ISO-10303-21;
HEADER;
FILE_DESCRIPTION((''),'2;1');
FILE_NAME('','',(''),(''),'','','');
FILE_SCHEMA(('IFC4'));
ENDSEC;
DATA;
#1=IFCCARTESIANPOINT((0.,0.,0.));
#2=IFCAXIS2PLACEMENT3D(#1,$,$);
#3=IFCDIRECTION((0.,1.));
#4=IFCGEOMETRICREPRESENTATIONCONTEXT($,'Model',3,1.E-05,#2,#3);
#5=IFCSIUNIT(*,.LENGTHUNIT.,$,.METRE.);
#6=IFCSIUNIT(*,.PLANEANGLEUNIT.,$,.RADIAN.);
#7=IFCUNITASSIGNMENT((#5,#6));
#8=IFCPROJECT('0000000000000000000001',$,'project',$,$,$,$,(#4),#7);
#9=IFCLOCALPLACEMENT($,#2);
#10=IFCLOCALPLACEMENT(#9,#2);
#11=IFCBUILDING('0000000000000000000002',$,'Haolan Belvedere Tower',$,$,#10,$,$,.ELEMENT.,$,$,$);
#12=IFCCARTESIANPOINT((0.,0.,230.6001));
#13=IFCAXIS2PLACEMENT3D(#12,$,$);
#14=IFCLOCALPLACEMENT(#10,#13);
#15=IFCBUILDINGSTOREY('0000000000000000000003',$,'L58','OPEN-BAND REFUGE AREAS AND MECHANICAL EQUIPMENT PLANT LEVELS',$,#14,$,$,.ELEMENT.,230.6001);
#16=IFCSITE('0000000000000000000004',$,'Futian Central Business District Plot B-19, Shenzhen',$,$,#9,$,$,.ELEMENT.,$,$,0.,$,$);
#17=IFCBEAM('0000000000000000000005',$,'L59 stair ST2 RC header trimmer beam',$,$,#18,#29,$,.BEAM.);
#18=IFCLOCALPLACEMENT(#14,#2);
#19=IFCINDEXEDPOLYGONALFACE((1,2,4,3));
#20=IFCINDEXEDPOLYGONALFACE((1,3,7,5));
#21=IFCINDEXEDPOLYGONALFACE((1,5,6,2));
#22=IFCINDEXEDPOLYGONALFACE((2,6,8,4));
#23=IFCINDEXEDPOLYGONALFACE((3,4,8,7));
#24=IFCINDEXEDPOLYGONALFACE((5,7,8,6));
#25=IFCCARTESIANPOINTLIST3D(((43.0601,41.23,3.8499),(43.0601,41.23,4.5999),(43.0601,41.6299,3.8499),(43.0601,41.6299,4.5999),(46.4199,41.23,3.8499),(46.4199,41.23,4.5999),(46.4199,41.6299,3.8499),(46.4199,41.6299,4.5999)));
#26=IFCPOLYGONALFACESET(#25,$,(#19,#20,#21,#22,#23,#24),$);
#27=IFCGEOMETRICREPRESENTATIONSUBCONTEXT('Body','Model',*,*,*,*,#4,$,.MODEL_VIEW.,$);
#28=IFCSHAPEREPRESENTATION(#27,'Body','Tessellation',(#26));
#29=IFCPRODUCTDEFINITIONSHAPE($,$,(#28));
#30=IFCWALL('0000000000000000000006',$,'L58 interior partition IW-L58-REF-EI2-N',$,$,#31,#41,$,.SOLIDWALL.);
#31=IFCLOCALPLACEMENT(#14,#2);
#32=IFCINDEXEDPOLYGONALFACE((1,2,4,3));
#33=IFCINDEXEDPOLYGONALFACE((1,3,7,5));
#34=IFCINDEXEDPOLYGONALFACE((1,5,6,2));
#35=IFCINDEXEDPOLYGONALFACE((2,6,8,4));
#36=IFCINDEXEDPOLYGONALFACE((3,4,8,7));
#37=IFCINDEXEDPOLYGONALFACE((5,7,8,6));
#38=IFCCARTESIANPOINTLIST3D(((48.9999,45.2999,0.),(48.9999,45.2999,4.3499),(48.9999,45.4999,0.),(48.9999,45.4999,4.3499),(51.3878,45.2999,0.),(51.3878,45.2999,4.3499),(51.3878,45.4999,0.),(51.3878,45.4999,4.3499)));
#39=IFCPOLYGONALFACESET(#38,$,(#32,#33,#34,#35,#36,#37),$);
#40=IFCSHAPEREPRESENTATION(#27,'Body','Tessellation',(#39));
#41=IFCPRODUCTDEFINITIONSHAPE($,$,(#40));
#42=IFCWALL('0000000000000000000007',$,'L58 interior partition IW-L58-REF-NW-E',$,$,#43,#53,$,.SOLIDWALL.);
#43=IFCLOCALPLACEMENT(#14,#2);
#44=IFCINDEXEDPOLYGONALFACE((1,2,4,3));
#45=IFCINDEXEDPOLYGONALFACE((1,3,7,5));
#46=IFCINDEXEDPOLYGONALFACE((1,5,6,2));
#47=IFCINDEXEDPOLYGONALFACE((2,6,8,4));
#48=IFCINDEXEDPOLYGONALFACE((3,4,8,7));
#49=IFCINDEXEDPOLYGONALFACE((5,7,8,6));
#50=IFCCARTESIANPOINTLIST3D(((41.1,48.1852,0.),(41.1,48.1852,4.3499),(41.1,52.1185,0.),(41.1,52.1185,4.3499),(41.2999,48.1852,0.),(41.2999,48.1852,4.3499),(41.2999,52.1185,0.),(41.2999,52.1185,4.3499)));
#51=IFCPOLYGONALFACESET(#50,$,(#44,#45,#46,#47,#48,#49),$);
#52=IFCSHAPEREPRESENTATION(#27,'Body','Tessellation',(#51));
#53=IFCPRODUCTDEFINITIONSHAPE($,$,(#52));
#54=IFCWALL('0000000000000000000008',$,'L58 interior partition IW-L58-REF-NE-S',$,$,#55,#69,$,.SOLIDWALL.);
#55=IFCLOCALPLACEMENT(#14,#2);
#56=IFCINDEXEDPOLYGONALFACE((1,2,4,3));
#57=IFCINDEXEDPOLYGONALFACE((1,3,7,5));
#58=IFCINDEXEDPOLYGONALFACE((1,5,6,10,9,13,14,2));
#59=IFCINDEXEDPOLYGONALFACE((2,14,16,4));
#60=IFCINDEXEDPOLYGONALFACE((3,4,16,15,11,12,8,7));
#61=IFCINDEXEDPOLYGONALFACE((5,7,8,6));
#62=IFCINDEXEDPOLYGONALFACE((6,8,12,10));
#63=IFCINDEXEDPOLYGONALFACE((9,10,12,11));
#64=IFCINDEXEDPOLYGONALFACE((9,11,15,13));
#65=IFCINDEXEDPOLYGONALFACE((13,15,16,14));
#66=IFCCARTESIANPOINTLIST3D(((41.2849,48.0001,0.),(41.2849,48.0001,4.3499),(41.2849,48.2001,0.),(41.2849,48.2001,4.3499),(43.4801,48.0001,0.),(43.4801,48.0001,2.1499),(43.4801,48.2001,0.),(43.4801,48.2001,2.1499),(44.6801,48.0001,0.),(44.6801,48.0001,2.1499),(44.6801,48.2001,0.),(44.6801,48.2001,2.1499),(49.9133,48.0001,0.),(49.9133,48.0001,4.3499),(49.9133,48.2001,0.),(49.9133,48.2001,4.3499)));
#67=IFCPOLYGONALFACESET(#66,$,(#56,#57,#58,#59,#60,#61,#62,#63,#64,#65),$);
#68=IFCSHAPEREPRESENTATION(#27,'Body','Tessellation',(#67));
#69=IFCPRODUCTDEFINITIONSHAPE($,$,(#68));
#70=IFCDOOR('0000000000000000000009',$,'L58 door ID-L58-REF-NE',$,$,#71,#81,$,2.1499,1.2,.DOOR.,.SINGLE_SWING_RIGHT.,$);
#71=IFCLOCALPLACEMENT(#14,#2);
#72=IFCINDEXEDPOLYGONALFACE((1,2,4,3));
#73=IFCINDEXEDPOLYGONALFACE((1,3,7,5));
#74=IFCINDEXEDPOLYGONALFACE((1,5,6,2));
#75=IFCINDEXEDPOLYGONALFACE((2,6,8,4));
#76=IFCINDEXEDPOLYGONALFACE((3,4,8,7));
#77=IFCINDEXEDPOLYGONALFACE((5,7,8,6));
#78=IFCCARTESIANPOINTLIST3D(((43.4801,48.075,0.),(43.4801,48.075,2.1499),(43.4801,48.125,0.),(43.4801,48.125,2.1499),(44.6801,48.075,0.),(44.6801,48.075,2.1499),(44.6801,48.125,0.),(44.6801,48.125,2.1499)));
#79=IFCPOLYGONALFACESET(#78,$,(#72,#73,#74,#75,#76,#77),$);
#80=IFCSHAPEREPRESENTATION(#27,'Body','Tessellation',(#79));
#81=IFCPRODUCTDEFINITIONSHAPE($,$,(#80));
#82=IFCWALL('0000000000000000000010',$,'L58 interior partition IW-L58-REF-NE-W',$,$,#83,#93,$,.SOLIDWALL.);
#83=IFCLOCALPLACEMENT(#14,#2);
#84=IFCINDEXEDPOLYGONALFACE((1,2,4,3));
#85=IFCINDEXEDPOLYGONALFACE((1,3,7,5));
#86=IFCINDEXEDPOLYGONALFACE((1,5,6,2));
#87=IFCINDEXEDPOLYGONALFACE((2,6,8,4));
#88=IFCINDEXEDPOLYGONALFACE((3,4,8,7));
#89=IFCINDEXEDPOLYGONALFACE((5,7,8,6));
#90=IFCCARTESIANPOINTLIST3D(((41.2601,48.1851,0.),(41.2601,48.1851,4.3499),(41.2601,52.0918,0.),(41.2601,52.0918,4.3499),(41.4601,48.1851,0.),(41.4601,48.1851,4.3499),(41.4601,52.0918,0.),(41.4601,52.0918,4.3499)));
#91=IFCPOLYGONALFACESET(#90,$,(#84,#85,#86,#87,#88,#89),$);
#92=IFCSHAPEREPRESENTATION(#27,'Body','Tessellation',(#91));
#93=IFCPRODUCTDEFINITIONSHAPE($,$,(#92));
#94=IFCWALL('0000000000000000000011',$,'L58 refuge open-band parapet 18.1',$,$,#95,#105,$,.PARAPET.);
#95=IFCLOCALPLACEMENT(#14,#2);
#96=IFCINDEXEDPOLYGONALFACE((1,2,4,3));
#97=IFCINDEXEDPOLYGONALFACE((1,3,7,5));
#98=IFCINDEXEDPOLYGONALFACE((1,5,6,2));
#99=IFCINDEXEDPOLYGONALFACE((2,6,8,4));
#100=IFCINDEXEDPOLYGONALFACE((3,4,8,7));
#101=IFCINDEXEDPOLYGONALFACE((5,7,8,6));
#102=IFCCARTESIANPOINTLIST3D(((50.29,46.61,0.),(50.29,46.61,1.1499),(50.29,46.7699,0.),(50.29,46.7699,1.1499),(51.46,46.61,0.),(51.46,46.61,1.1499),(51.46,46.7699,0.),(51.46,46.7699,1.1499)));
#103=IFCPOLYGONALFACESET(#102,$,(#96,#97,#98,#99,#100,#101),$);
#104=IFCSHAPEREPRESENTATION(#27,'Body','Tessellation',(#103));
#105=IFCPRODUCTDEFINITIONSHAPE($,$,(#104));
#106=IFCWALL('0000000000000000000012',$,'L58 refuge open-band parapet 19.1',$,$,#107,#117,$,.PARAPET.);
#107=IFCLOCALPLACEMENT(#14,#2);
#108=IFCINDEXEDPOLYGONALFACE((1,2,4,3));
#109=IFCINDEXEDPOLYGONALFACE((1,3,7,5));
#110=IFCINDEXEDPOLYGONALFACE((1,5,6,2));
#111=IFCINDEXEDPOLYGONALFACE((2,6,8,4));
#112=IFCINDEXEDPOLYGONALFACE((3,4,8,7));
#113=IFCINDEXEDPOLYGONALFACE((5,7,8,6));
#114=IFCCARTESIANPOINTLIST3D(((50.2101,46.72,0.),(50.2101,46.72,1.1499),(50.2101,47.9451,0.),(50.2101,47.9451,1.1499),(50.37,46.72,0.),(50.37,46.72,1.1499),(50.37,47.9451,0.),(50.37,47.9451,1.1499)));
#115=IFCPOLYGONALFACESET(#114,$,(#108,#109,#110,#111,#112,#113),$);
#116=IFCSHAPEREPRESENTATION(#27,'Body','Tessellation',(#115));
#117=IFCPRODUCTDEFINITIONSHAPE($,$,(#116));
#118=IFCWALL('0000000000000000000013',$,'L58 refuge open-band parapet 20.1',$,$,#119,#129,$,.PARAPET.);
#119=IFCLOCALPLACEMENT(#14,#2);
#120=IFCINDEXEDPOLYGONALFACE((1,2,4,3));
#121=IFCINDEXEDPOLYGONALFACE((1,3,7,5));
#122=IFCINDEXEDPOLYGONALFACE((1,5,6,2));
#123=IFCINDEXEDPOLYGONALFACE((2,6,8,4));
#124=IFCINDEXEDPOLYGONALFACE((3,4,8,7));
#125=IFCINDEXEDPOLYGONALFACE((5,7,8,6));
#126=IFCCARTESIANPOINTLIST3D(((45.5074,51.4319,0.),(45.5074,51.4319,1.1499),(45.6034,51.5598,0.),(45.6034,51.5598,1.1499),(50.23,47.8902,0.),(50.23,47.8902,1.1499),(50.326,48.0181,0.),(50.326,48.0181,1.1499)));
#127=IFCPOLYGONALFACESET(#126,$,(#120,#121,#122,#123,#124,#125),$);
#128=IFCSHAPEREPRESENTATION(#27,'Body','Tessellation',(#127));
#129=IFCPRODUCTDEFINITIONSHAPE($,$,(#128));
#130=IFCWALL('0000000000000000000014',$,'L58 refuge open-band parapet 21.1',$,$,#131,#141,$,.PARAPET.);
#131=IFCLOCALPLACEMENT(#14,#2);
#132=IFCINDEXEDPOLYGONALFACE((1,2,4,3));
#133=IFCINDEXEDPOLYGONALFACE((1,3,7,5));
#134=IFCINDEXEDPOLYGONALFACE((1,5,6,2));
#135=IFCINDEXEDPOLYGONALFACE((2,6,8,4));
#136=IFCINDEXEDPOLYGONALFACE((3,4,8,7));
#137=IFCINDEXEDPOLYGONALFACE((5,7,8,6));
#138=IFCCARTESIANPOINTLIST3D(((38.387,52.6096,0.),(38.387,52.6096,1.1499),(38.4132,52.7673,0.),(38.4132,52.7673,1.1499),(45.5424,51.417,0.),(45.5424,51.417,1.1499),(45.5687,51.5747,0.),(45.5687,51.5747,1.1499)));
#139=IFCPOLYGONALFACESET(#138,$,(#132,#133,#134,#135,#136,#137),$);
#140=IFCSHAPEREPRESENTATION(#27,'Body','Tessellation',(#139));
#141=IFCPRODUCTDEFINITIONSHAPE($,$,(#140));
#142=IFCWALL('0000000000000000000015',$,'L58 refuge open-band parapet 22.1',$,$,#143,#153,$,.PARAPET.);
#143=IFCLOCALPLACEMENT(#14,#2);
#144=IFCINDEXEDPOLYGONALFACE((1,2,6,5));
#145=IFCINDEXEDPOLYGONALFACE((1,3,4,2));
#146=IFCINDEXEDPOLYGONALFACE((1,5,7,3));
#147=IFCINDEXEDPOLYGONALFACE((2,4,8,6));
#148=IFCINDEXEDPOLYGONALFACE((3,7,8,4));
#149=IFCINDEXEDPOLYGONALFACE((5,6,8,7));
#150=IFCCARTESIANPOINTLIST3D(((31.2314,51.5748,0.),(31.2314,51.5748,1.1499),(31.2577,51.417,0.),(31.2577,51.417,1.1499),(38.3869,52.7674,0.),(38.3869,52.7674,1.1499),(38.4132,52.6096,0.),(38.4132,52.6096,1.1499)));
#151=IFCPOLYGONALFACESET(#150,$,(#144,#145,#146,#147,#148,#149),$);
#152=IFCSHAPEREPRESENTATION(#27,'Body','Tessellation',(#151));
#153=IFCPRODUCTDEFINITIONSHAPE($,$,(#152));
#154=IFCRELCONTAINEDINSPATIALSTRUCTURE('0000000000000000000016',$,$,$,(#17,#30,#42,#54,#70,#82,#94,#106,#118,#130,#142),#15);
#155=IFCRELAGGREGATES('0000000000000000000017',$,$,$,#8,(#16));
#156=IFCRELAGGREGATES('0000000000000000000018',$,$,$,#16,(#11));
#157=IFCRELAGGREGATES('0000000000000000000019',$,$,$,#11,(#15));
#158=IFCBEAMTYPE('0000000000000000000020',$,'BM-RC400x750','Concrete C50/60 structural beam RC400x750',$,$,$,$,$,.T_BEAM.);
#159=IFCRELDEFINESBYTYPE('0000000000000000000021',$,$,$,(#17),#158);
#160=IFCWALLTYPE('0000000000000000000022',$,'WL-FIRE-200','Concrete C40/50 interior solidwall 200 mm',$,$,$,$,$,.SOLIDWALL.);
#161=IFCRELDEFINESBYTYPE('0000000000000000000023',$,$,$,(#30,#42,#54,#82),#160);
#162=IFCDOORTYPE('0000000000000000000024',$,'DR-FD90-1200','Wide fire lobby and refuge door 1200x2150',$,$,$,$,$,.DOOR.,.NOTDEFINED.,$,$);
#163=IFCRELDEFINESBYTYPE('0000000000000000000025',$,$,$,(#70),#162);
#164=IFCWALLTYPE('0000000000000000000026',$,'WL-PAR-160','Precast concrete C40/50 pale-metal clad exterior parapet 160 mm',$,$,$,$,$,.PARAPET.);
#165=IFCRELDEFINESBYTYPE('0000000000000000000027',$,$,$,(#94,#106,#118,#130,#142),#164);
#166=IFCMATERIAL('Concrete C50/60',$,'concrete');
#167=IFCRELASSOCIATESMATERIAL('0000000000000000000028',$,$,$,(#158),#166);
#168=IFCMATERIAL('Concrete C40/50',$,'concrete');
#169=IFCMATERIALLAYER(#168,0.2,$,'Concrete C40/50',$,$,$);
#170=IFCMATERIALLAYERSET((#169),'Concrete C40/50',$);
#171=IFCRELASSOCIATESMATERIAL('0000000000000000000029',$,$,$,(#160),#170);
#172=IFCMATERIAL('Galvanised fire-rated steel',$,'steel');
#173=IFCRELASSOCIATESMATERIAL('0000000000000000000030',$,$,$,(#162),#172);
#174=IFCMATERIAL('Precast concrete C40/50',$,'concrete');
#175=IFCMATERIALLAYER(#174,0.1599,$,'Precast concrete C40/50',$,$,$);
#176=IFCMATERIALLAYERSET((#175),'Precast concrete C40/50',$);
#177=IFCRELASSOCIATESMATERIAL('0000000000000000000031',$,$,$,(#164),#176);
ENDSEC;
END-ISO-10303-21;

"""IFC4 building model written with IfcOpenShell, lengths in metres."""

from ifc_helpers import new_model, si_unit, direction, frame, frame_2d, origin, origin_2d, place, context, subcontext, project, spatial, rectangle, extrude, material, layer, layer_set, material_profile, profile_set, type_object, element, fill, save


model = new_model("IFC4")

# Units and contexts
model_context = context("Model", 3, precision=1e-05, world=origin(), true_north=direction((0.0, 1.0)))
body_context = subcontext(model_context, "Body", "Model", "MODEL_VIEW")
ifc_project = project(units=[si_unit("LENGTHUNIT", "METRE"), si_unit("PLANEANGLEUNIT", "RADIAN")], contexts=[model_context])

# Site, building, storey
site_placement = place(None, origin())
site = spatial("IfcSite", under=ifc_project, at=site_placement, Name="Futian Central Business District Plot B-19, Shenzhen", CompositionType="ELEMENT", RefElevation=0.0)
building_placement = place(site_placement, origin())
building = spatial("IfcBuilding", under=site, at=building_placement, Name="Haolan Belvedere Tower", CompositionType="ELEMENT")
storey_placement = place(building_placement, frame((0.0, 0.0, 230.6001)))
storey = spatial("IfcBuildingStorey", under=building, at=storey_placement, Name="L58", Description="OPEN-BAND REFUGE AREAS AND MECHANICAL EQUIPMENT PLANT LEVELS", CompositionType="ELEMENT", Elevation=230.6001)

# Beam
ifc_material_1 = material(Name="Concrete C50/60", Category="concrete")
ifc_material_profile_1 = material_profile(ifc_material_1, rectangle(XDim=0.3999, YDim=0.75, at=origin_2d()), Name="Concrete C50/60")
ifc_profile_set_1 = profile_set([ifc_material_profile_1], Name="Concrete C50/60")
beam_type_1 = type_object("IfcBeamType", Name="BM-RC400x750", Description="Concrete C50/60 structural beam RC400x750", PredefinedType="T_BEAM", material=ifc_profile_set_1)
beam_1_placement = place(storey_placement, frame((43.0601, 41.4299, 4.2249), z_axis=(1.0, 0.0, 0.0), x_axis=(0.0, 1.0, 0.0)))
element("IfcBeam", 1, at=beam_1_placement, inside=storey, type_object=beam_type_1, Name="L59 stair ST2 RC header trimmer beam", PredefinedType="BEAM", context=body_context, shape_type="SweptSolid", body=[
    extrude(rectangle(XDim=0.3999, YDim=0.75, at=origin_2d()), origin(), (0.0, 0.0, 1.0), 3.3599),
])

# Shared definitions
ifc_material_2 = material(Name="Concrete C40/50", Category="concrete")
ifc_layer_1 = layer(ifc_material_2, 0.2, Name="Concrete C40/50")
ifc_layer_set_1 = layer_set([ifc_layer_1], Name="Concrete C40/50")
wall_type_1 = type_object("IfcWallType", Name="WL-FIRE-200", Description="Concrete C40/50 interior solidwall 200 mm", PredefinedType="SOLIDWALL", material=ifc_layer_set_1)
ifc_material_3 = material(Name="Galvanised fire-rated steel", Category="steel")

# Walls
wall_1_placement = place(storey_placement, frame((49.0, 45.3999, 0.0), z_axis=(0.0, 0.0, 1.0), x_axis=(1.0, 0.0, 0.0)))
element("IfcWall", 2, at=wall_1_placement, inside=storey, type_object=wall_type_1, Name="L58 interior partition IW-L58-REF-EI2-N", PredefinedType="SOLIDWALL", context=body_context, shape_type="SweptSolid", body=[
    extrude(rectangle(XDim=2.3879, YDim=0.2, at=frame_2d((1.1938, 0.0))), origin(), (0.0, 0.0, 1.0), 4.3499),
])
wall_2_placement = place(storey_placement, frame((41.2, 48.1851, 0.0), z_axis=(0.0, 0.0, 1.0), x_axis=(0.0, 1.0, 0.0)))
element("IfcWall", 3, at=wall_2_placement, inside=storey, type_object=wall_type_1, Name="L58 interior partition IW-L58-REF-NW-E", PredefinedType="SOLIDWALL", context=body_context, shape_type="SweptSolid", body=[
    extrude(rectangle(XDim=3.9333, YDim=0.2, at=frame_2d((1.9668, 0.0))), origin(), (0.0, 0.0, 1.0), 4.3499),
])

# Wall, opening, door
wall_3_placement = place(storey_placement, frame((41.2849, 48.1001, 0.0), z_axis=(0.0, 0.0, 1.0), x_axis=(1.0, 0.0, 0.0)))
wall_3 = element("IfcWall", 4, at=wall_3_placement, inside=storey, type_object=wall_type_1, Name="L58 interior partition IW-L58-REF-NE-S", PredefinedType="SOLIDWALL", context=body_context, shape_type="SweptSolid", body=[
    extrude(rectangle(XDim=8.6284, YDim=0.2, at=frame_2d((4.3142, 0.0))), origin(), (0.0, 0.0, 1.0), 4.3499),
])
opening_1_placement = place(wall_3_placement, frame((2.1951, 0.0, 0.0)))
opening_1 = element("IfcOpeningElement", 5, at=opening_1_placement, cuts=wall_3, PredefinedType="OPENING", context=body_context, shape_type="SweptSolid", body=[
    extrude(rectangle(XDim=1.2, YDim=2.1499, at=frame_2d((0.6001, 1.075))), frame((0.0, 0.1099, 0.0), z_axis=(0.0, -1.0, 0.0), x_axis=(1.0, 0.0, 0.0)), (0.0, 0.0, 1.0), 0.22),
])
door_type_1 = type_object("IfcDoorType", Name="DR-FD90-1200", Description="Wide fire lobby and refuge door 1200x2150", OperationType="NOTDEFINED", PredefinedType="DOOR", material=ifc_material_3)
door_1_placement = place(opening_1_placement, origin())
door_1 = element("IfcDoor", 6, at=door_1_placement, inside=storey, type_object=door_type_1, Name="L58 door ID-L58-REF-NE", OperationType="SINGLE_SWING_RIGHT", OverallHeight=2.1499, OverallWidth=1.2, PredefinedType="DOOR", context=body_context, shape_type="SweptSolid", body=[
    extrude(rectangle(XDim=1.2, YDim=2.1499, at=frame_2d((0.6001, 1.075))), frame((0.0, 0.0249, 0.0), z_axis=(0.0, -1.0, 0.0), x_axis=(1.0, 0.0, 0.0)), (0.0, 0.0, 1.0), 0.05),
])
fill(opening_1, door_1)

# Walls
wall_4_placement = place(storey_placement, frame((41.3601, 48.1851, 0.0), z_axis=(0.0, 0.0, 1.0), x_axis=(0.0, 1.0, 0.0)))
element("IfcWall", 7, at=wall_4_placement, inside=storey, type_object=wall_type_1, Name="L58 interior partition IW-L58-REF-NE-W", PredefinedType="SOLIDWALL", context=body_context, shape_type="SweptSolid", body=[
    extrude(rectangle(XDim=3.9067, YDim=0.2, at=frame_2d((1.9534, 0.0))), origin(), (0.0, 0.0, 1.0), 4.3499),
])
ifc_material_4 = material(Name="Precast concrete C40/50", Category="concrete")
ifc_layer_2 = layer(ifc_material_4, 0.1599, Name="Precast concrete C40/50")
ifc_layer_set_2 = layer_set([ifc_layer_2], Name="Precast concrete C40/50")
wall_type_2 = type_object("IfcWallType", Name="WL-PAR-160", Description="Precast concrete C40/50 pale-metal clad exterior parapet 160 mm", PredefinedType="PARAPET", material=ifc_layer_set_2)
wall_5_placement = place(storey_placement, frame((51.46, 46.6899, 0.0), z_axis=(0.0, 0.0, 1.0), x_axis=(-1.0, 0.0, 0.0)))
element("IfcWall", 8, at=wall_5_placement, inside=storey, type_object=wall_type_2, Name="L58 refuge open-band parapet 18.1", PredefinedType="PARAPET", context=body_context, shape_type="SweptSolid", body=[
    extrude(rectangle(XDim=1.1699, YDim=0.1599, at=frame_2d((0.585, 0.0))), origin(), (0.0, 0.0, 1.0), 1.1499),
])
wall_6_placement = place(storey_placement, frame((50.29, 46.72, 0.0), z_axis=(0.0, 0.0, 1.0), x_axis=(0.0, 1.0, 0.0)))
element("IfcWall", 9, at=wall_6_placement, inside=storey, type_object=wall_type_2, Name="L58 refuge open-band parapet 19.1", PredefinedType="PARAPET", context=body_context, shape_type="SweptSolid", body=[
    extrude(rectangle(XDim=1.2251, YDim=0.1599, at=frame_2d((0.6125, 0.0))), origin(), (0.0, 0.0, 1.0), 1.1499),
])
wall_7_placement = place(storey_placement, frame((50.2781, 47.9541, 0.0), z_axis=(0.0, 0.0, 1.0), x_axis=(-0.80002, 0.599974, 0.0)))
element("IfcWall", 10, at=wall_7_placement, inside=storey, type_object=wall_type_2, Name="L58 refuge open-band parapet 20.1", PredefinedType="PARAPET", context=body_context, shape_type="SweptSolid", body=[
    extrude(rectangle(XDim=5.9031, YDim=0.1599, at=frame_2d((2.9517, 0.0))), origin(), (0.0, 0.0, 1.0), 1.1499),
])
for number, where, z_axis, x_axis, name in (
    (11, (45.5554, 51.4958, 0.0), (0.0, 0.0, 1.0), (-0.986393, 0.164404, 0.0), "L58 refuge open-band parapet 21.1"),
    (12, (38.3999, 52.6885, 0.0), (0.0, 0.0, 1.0), (-0.986393, -0.164404, 0.0), "L58 refuge open-band parapet 22.1"),
):
    element("IfcWall", number, at=place(storey_placement, frame(where, z_axis=z_axis, x_axis=x_axis)), inside=storey, type_object=wall_type_2, Name=name, PredefinedType="PARAPET", context=body_context, shape_type="SweptSolid", body=[
        extrude(rectangle(XDim=7.2542, YDim=0.1599, at=frame_2d((3.627, 0.0))), origin(), (0.0, 0.0, 1.0), 1.1499),
    ])

save(model, "model.ifc")
